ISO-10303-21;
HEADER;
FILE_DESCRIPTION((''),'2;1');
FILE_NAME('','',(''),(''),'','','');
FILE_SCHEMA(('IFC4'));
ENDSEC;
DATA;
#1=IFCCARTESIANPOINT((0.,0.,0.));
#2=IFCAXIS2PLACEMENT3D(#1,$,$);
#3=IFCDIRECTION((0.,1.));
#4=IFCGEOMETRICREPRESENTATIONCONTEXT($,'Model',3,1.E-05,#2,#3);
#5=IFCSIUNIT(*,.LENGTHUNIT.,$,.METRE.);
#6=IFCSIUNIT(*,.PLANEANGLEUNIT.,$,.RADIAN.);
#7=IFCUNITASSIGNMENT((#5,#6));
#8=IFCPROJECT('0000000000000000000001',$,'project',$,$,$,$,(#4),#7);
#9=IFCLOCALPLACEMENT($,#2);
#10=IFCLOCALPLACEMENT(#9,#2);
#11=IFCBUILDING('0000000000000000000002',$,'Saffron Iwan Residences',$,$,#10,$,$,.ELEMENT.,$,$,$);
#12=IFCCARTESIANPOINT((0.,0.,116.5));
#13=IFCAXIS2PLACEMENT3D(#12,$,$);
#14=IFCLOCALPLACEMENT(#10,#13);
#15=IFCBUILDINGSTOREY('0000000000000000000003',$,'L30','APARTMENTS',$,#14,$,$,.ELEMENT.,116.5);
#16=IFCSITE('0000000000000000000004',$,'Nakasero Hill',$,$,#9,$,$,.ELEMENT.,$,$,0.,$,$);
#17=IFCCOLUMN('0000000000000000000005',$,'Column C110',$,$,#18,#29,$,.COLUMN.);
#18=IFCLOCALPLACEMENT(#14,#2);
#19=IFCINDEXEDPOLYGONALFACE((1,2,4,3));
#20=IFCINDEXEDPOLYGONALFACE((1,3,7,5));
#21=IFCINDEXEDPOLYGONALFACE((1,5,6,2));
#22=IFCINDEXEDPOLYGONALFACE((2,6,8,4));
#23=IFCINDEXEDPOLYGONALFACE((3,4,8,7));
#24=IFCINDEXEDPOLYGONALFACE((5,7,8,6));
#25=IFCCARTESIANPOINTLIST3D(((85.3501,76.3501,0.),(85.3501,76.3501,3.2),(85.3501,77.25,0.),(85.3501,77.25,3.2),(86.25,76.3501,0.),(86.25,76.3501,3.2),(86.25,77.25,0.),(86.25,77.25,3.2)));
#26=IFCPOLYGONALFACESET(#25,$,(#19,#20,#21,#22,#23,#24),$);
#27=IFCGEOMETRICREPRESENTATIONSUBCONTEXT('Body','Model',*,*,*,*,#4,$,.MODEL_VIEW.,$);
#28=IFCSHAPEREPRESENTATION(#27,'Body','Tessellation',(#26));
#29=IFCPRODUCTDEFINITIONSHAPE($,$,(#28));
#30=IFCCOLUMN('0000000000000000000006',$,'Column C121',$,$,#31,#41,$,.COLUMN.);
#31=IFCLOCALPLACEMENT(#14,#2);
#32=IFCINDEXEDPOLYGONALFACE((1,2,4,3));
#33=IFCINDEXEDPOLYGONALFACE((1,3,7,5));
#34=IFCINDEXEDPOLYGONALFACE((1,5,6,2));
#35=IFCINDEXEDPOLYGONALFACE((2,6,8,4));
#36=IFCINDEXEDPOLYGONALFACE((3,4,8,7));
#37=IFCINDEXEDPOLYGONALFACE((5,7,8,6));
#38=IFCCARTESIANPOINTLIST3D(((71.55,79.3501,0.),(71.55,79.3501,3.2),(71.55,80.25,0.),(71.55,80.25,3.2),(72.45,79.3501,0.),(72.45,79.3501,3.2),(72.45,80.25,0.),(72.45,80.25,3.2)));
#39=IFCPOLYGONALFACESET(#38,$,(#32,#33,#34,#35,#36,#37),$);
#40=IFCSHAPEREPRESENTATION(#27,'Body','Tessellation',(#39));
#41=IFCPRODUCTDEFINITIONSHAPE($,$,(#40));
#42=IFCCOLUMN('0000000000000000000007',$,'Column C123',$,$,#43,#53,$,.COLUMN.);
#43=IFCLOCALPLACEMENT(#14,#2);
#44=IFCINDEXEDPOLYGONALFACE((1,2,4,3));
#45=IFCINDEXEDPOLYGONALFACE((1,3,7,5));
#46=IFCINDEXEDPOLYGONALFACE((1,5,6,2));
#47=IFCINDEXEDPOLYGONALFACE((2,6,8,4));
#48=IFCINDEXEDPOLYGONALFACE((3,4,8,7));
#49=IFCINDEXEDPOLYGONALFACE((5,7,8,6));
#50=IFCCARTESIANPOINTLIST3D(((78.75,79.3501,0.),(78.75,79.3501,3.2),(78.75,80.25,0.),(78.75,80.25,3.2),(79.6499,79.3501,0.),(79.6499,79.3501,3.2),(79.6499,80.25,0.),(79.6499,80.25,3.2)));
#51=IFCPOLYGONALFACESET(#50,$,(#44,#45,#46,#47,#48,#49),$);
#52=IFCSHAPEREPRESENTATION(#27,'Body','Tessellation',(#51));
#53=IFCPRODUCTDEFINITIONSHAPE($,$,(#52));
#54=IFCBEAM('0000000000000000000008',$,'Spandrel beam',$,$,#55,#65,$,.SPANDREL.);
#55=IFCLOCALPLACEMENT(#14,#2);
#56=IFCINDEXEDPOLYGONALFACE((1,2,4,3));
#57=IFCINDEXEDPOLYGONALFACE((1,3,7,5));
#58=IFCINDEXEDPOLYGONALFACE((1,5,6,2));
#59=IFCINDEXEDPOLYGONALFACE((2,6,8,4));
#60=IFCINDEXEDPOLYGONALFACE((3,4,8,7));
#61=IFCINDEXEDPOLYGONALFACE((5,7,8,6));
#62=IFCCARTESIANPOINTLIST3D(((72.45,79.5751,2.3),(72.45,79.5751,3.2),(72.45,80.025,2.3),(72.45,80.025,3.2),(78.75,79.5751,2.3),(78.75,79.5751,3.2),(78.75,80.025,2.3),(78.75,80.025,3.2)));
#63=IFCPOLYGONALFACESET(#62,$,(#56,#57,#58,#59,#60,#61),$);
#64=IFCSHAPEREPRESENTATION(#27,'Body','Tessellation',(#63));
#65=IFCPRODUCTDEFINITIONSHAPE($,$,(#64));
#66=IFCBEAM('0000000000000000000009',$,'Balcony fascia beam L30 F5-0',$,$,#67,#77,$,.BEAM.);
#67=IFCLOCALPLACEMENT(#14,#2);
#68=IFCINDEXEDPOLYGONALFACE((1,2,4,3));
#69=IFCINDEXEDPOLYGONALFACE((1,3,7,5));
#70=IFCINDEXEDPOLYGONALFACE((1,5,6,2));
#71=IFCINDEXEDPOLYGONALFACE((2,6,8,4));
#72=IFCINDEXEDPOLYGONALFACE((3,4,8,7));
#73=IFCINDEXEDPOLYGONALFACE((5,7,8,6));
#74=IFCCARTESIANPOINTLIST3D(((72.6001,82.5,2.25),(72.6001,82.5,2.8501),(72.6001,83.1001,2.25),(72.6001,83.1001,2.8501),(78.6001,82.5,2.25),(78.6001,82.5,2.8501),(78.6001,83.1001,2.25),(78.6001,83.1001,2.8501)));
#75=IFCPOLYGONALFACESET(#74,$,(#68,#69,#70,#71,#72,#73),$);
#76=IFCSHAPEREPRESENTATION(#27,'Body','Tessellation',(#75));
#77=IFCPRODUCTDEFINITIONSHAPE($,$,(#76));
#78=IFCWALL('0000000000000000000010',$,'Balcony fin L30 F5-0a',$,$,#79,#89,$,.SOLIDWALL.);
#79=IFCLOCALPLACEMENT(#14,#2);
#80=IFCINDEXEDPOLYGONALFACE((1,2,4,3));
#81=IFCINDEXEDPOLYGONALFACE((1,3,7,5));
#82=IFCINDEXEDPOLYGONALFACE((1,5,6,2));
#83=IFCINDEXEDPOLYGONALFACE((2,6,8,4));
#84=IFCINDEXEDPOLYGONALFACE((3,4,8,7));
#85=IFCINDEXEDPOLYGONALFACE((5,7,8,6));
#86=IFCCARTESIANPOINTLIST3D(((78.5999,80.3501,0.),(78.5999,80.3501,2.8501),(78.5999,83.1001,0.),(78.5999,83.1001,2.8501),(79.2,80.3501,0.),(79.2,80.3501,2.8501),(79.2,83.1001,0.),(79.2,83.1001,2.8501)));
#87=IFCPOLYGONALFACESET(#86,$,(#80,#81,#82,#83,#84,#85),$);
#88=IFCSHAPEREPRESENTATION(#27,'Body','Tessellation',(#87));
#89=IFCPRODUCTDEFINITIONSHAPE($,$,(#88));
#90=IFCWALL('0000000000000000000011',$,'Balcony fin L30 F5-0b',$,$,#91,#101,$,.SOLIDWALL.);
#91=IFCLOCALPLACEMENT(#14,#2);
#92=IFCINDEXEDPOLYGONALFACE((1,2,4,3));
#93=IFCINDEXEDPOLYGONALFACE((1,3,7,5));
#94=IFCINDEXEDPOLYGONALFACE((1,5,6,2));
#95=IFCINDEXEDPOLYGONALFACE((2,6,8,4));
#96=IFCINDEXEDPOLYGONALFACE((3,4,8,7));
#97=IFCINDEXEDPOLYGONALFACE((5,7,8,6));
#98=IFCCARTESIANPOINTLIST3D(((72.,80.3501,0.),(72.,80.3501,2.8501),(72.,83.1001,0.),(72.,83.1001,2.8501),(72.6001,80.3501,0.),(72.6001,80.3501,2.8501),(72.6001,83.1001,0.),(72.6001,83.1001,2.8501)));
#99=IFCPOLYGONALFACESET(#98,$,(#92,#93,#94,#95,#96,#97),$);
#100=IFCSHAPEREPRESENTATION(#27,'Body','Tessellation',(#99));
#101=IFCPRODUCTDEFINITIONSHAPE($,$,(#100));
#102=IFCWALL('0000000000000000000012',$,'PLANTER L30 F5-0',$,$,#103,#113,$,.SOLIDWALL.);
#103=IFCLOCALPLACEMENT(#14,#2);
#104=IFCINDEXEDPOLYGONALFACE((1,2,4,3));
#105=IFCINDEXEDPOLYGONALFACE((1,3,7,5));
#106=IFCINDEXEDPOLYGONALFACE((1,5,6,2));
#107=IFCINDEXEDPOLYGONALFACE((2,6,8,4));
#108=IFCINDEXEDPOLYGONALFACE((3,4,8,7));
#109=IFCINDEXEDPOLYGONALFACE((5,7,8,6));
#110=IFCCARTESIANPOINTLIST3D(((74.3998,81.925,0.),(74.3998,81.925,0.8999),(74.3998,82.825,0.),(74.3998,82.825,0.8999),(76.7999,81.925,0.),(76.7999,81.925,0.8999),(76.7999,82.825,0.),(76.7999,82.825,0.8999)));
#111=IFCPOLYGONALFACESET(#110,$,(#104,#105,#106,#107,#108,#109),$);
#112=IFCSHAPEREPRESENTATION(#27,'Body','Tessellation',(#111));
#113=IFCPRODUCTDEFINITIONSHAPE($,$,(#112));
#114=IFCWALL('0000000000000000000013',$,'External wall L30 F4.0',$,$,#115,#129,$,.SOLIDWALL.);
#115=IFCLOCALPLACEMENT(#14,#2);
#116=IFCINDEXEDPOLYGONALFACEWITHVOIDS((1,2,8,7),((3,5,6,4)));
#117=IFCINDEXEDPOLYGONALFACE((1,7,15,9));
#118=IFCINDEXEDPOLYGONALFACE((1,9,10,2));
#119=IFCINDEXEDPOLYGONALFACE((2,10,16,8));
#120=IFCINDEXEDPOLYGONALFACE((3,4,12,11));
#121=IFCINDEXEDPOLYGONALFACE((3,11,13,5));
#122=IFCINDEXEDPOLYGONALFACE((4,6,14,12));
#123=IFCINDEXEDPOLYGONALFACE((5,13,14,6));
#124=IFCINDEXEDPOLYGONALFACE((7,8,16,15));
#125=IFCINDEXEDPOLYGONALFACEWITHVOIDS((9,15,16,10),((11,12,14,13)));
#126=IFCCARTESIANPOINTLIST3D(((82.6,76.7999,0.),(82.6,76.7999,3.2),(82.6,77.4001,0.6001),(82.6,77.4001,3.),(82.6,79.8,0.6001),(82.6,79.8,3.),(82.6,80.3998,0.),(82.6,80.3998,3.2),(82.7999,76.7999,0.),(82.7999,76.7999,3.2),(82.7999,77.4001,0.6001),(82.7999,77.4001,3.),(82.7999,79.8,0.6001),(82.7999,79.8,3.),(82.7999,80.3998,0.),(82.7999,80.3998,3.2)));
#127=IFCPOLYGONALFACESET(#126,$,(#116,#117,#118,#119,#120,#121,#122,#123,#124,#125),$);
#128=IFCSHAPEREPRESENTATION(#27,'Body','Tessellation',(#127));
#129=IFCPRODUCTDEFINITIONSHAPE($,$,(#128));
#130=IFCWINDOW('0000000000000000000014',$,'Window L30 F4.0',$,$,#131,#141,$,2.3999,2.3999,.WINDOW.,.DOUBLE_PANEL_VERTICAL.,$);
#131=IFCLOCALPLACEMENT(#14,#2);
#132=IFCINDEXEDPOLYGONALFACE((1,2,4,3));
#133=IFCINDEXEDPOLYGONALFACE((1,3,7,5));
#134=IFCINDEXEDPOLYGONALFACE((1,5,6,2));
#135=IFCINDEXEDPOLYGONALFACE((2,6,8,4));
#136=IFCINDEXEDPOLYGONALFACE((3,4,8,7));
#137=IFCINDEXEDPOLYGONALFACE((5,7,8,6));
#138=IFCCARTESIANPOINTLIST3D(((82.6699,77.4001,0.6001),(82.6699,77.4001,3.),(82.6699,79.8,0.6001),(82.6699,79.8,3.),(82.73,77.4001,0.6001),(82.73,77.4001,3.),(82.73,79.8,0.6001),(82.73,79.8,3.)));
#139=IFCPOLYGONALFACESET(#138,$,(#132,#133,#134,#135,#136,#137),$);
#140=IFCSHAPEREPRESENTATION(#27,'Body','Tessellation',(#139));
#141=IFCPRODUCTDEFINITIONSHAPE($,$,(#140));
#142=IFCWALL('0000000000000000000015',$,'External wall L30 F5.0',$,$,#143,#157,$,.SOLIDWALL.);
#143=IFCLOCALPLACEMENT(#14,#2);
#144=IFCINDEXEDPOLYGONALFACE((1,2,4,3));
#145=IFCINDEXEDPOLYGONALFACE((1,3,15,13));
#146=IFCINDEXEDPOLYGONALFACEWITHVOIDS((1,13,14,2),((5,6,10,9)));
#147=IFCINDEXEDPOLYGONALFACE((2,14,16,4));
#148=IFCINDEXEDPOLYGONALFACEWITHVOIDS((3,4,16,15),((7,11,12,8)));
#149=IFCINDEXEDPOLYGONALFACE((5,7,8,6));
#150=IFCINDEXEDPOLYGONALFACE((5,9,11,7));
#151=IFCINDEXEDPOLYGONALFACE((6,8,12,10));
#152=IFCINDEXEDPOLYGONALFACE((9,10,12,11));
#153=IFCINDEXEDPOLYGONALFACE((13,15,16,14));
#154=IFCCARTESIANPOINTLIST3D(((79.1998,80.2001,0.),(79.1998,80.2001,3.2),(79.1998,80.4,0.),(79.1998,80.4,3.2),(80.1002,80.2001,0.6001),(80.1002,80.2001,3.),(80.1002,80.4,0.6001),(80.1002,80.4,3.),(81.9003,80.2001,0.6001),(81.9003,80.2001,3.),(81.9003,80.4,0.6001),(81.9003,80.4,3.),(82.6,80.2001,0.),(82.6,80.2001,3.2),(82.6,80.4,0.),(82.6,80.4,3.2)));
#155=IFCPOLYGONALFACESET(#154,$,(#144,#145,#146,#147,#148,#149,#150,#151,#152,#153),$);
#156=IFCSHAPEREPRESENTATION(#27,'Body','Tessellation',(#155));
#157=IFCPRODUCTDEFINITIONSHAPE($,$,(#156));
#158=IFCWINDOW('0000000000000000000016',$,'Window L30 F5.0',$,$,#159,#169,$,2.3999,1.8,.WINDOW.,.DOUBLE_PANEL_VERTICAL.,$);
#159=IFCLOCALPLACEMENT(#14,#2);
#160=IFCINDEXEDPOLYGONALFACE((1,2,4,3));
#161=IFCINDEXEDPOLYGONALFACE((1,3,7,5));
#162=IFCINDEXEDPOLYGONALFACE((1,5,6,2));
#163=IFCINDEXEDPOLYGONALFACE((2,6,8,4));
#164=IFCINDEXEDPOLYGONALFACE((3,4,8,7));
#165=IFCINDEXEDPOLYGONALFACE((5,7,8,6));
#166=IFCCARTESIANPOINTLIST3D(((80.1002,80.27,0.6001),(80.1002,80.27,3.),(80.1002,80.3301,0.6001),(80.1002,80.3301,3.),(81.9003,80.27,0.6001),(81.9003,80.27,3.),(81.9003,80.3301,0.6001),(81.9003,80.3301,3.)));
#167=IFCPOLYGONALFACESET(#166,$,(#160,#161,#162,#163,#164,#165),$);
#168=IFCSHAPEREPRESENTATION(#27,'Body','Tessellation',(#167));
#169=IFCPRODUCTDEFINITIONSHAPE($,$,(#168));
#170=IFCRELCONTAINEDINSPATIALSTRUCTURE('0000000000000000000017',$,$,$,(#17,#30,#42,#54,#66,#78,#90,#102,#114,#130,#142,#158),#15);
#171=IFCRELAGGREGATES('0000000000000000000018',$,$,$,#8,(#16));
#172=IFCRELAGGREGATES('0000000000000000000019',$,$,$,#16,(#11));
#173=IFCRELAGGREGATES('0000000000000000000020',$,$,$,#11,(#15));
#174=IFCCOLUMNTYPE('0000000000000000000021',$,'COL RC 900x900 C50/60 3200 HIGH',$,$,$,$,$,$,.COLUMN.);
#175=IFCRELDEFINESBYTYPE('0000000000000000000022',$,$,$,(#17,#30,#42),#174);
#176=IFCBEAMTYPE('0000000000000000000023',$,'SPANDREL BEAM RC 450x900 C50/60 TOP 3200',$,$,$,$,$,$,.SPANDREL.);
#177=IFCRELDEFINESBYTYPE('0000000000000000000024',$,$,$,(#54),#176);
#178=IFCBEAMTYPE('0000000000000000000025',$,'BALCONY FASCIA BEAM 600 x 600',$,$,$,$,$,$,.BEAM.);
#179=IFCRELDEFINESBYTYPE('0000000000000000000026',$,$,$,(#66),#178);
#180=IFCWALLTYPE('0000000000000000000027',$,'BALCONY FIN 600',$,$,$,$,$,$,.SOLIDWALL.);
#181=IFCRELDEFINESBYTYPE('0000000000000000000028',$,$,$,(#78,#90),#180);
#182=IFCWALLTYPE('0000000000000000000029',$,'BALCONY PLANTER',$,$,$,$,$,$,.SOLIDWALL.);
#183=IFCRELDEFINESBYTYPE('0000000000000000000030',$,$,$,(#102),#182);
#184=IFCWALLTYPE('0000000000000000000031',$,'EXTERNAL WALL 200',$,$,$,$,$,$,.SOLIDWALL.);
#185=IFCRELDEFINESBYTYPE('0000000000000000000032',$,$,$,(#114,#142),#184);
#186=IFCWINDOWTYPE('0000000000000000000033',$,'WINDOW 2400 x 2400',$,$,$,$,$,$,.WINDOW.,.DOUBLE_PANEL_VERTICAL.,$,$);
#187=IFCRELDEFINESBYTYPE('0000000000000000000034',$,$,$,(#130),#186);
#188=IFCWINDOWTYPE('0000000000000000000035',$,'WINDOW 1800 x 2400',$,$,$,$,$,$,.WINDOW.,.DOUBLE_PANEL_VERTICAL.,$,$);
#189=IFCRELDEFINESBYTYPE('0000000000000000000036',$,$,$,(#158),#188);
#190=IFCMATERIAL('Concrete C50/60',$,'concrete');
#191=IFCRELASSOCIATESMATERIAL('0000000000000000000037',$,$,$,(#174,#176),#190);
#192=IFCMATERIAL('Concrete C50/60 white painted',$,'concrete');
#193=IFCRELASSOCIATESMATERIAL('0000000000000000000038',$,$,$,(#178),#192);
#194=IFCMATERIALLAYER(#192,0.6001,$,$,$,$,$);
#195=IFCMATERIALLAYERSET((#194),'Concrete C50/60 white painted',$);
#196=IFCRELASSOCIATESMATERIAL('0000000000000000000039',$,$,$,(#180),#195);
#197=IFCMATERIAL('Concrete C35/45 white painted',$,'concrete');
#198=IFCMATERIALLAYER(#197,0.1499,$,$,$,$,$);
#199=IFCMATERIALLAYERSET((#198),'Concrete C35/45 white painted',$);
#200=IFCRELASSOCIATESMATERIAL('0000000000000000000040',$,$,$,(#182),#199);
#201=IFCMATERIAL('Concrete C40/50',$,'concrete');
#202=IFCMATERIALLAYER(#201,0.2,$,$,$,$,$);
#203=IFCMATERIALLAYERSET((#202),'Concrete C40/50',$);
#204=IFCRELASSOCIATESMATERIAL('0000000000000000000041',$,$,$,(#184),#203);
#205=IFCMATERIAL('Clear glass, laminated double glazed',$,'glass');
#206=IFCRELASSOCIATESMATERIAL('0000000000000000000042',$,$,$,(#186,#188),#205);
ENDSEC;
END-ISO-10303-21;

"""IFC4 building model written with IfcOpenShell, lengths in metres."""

from ifc_helpers import new_model, si_unit, direction, frame, frame_2d, origin, origin_2d, place, context, subcontext, project, spatial, rectangle, extrude, source, transform, mapped, material, layer, layer_set, material_profile, profile_set, type_object, element, fill, save


model = new_model("IFC4")

# Units and contexts
model_context = context("Model", 3, precision=1e-05, world=origin(), true_north=direction((0.0, 1.0)))
body_context = subcontext(model_context, "Body", "Model", "MODEL_VIEW")
ifc_project = project(units=[si_unit("LENGTHUNIT", "METRE"), si_unit("PLANEANGLEUNIT", "RADIAN")], contexts=[model_context])

# Site, building, storey
site_placement = place(None, origin())
site = spatial("IfcSite", under=ifc_project, at=site_placement, Name="Nakasero Hill", CompositionType="ELEMENT", RefElevation=0.0)
building_placement = place(site_placement, origin())
building = spatial("IfcBuilding", under=site, at=building_placement, Name="Saffron Iwan Residences", CompositionType="ELEMENT")
storey_placement = place(building_placement, frame((0.0, 0.0, 116.5)))
storey = spatial("IfcBuildingStorey", under=building, at=storey_placement, Name="L30", Description="APARTMENTS", CompositionType="ELEMENT", Elevation=116.5)

# Columns
ifc_material_1 = material(Name="Concrete C50/60", Category="concrete")
ifc_material_profile_1 = material_profile(ifc_material_1, rectangle(XDim=0.8999, YDim=0.8999, at=origin_2d()), Name="RC 900x900")
ifc_profile_set_1 = profile_set([ifc_material_profile_1], Name="Concrete C50/60")
column_type = type_object("IfcColumnType", Name="COL RC 900x900 C50/60 3200 HIGH", PredefinedType="COLUMN", material=ifc_profile_set_1)
shared_shape_1 = source(origin(), body_context, "Body", "SweptSolid", [
    extrude(rectangle(XDim=0.8999, YDim=0.8999, at=origin_2d()), origin(), (0.0, 0.0, 1.0), 3.2),
])
for number, where, z_axis, x_axis, name in (
    (1, (85.8, 76.8, 0.0), (0.0, 0.0, 1.0), (1.0, 0.0, 0.0), "Column C110"),
    (2, (72.0, 79.8, 0.0), (0.0, 0.0, 1.0), (1.0, 0.0, 0.0), "Column C121"),
    (3, (79.2, 79.8, 0.0), (0.0, 0.0, 1.0), (1.0, 0.0, 0.0), "Column C123"),
):
    element("IfcColumn", number, at=place(storey_placement, frame(where, z_axis=z_axis, x_axis=x_axis)), inside=storey, type_object=column_type, Name=name, PredefinedType="COLUMN", context=body_context, shape_type="MappedRepresentation", body=[
        mapped(shared_shape_1, transform((0.0, 0.0, 0.0))),
    ])

# Beams
ifc_material_profile_2 = material_profile(ifc_material_1, rectangle(XDim=0.45, YDim=0.8999, at=origin_2d()), Name="RC 450x900")
ifc_profile_set_2 = profile_set([ifc_material_profile_2], Name="Concrete C50/60")
beam_type_1 = type_object("IfcBeamType", Name="SPANDREL BEAM RC 450x900 C50/60 TOP 3200", PredefinedType="SPANDREL", material=ifc_profile_set_2)
shared_shape_2 = source(origin(), body_context, "Body", "SweptSolid", [
    extrude(rectangle(XDim=0.45, YDim=0.8999, at=origin_2d()), origin(), (0.0, 0.0, 1.0), 6.3),
])
beam_1_placement = place(storey_placement, frame((72.45, 79.8, 2.75), z_axis=(1.0, 0.0, 0.0), x_axis=(0.0, 1.0, 0.0)))
element("IfcBeam", 4, at=beam_1_placement, inside=storey, type_object=beam_type_1, Name="Spandrel beam", PredefinedType="SPANDREL", context=body_context, shape_type="MappedRepresentation", body=[
    mapped(shared_shape_2, transform((0.0, 0.0, 0.0))),
])
ifc_material_2 = material(Name="Concrete C50/60 white painted", Category="concrete")
ifc_material_profile_3 = material_profile(ifc_material_2, rectangle(XDim=0.6001, YDim=0.6001, at=origin_2d()), Name="BALCONY FASCIA BEAM 600 x 600")
ifc_profile_set_3 = profile_set([ifc_material_profile_3], Name="Concrete C50/60 white painted")
beam_type_2 = type_object("IfcBeamType", Name="BALCONY FASCIA BEAM 600 x 600", PredefinedType="BEAM", material=ifc_profile_set_3)
shared_shape_3 = source(origin(), body_context, "Body", "SweptSolid", [
    extrude(rectangle(XDim=0.6001, YDim=0.6001, at=origin_2d()), origin(), (0.0, 0.0, 1.0), 6.0),
])
beam_2_placement = place(storey_placement, frame((78.6001, 82.8, 2.55), z_axis=(-1.0, 0.0, 0.0), x_axis=(0.0, -1.0, 0.0)))
element("IfcBeam", 5, at=beam_2_placement, inside=storey, type_object=beam_type_2, Name="Balcony fascia beam L30 F5-0", PredefinedType="BEAM", context=body_context, shape_type="MappedRepresentation", body=[
    mapped(shared_shape_3, transform((0.0, 0.0, 0.0))),
])

# Walls
ifc_layer_1 = layer(ifc_material_2, 0.6001)
ifc_layer_set_1 = layer_set([ifc_layer_1], Name="Concrete C50/60 white painted")
wall_type_1 = type_object("IfcWallType", Name="BALCONY FIN 600", PredefinedType="SOLIDWALL", material=ifc_layer_set_1)
for number, where, z_axis, x_axis, name in (
    (6, (78.8999, 80.3501, 0.0), (0.0, 0.0, 1.0), (0.0, 1.0, 0.0), "Balcony fin L30 F5-0a"),
    (7, (72.3, 80.3501, 0.0), (0.0, 0.0, 1.0), (0.0, 1.0, 0.0), "Balcony fin L30 F5-0b"),
):
    element("IfcWall", number, at=place(storey_placement, frame(where, z_axis=z_axis, x_axis=x_axis)), inside=storey, type_object=wall_type_1, Name=name, PredefinedType="SOLIDWALL", context=body_context, shape_type="SweptSolid", body=[
        extrude(rectangle(XDim=2.75, YDim=0.6001, at=frame_2d((1.375, 0.0))), origin(), (0.0, 0.0, 1.0), 2.8501),
    ])
ifc_material_3 = material(Name="Concrete C35/45 white painted", Category="concrete")
ifc_layer_2 = layer(ifc_material_3, 0.1499)
ifc_layer_set_2 = layer_set([ifc_layer_2], Name="Concrete C35/45 white painted")
wall_type_2 = type_object("IfcWallType", Name="BALCONY PLANTER", PredefinedType="SOLIDWALL", material=ifc_layer_set_2)
wall_1_placement = place(storey_placement, frame((76.8, 82.375, 0.0), z_axis=(0.0, 0.0, 1.0), x_axis=(-1.0, 0.0, 0.0)))
element("IfcWall", 8, at=wall_1_placement, inside=storey, type_object=wall_type_2, Name="PLANTER L30 F5-0", PredefinedType="SOLIDWALL", context=body_context, shape_type="SweptSolid", body=[
    extrude(rectangle(XDim=2.4001, YDim=0.8999, at=frame_2d((1.2002, 0.0))), origin(), (0.0, 0.0, 1.0), 0.8999),
])

# Walls, openings, windows
ifc_material_4 = material(Name="Concrete C40/50", Category="concrete")
ifc_layer_3 = layer(ifc_material_4, 0.2)
ifc_layer_set_3 = layer_set([ifc_layer_3], Name="Concrete C40/50")
wall_type_3 = type_object("IfcWallType", Name="EXTERNAL WALL 200", PredefinedType="SOLIDWALL", material=ifc_layer_set_3)
wall_2_placement = place(storey_placement, frame((82.7, 76.8, 0.0), z_axis=(0.0, 0.0, 1.0), x_axis=(0.0, 1.0, 0.0)))
wall_2 = element("IfcWall", 9, at=wall_2_placement, inside=storey, type_object=wall_type_3, Name="External wall L30 F4.0", PredefinedType="SOLIDWALL", context=body_context, shape_type="SweptSolid", body=[
    extrude(rectangle(XDim=3.5999, YDim=0.2, at=frame_2d((1.7998, 0.0))), origin(), (0.0, 0.0, 1.0), 3.2),
])
opening_1_placement = place(wall_2_placement, frame((0.6001, 0.0, 0.6001)))
opening_1 = element("IfcOpeningElement", 10, at=opening_1_placement, cuts=wall_2, PredefinedType="OPENING", context=body_context, shape_type="SweptSolid", body=[
    extrude(rectangle(XDim=2.3999, YDim=2.3999, at=frame_2d((1.2, 1.2))), frame((0.0, 0.1099, 0.0), z_axis=(0.0, -1.0, 0.0), x_axis=(1.0, 0.0, 0.0)), (0.0, 0.0, 1.0), 0.22),
])
ifc_material_5 = material(Name="Clear glass, laminated double glazed", Category="glass")
window_type_1 = type_object("IfcWindowType", Name="WINDOW 2400 x 2400", PartitioningType="DOUBLE_PANEL_VERTICAL", PredefinedType="WINDOW", material=ifc_material_5)
window_1_placement = place(opening_1_placement, origin())
window_1 = element("IfcWindow", 11, at=window_1_placement, inside=storey, type_object=window_type_1, Name="Window L30 F4.0", OverallHeight=2.3999, OverallWidth=2.3999, PartitioningType="DOUBLE_PANEL_VERTICAL", PredefinedType="WINDOW", context=body_context, shape_type="SweptSolid", body=[
    extrude(rectangle(XDim=2.3999, YDim=2.3999, at=frame_2d((1.2, 1.2))), frame((0.0, 0.03, 0.0), z_axis=(0.0, -1.0, 0.0), x_axis=(1.0, 0.0, 0.0)), (0.0, 0.0, 1.0), 0.0601),
])
fill(opening_1, window_1)
wall_3_placement = place(storey_placement, frame((82.6001, 80.3, 0.0), z_axis=(0.0, 0.0, 1.0), x_axis=(-1.0, 0.0, 0.0)))
wall_3 = element("IfcWall", 12, at=wall_3_placement, inside=storey, type_object=wall_type_3, Name="External wall L30 F5.0", PredefinedType="SOLIDWALL", context=body_context, shape_type="SweptSolid", body=[
    extrude(rectangle(XDim=3.4001, YDim=0.2, at=frame_2d((1.7002, 0.0))), origin(), (0.0, 0.0, 1.0), 3.2),
])
opening_2_placement = place(wall_3_placement, frame((0.7, 0.0, 0.6001)))
opening_2 = element("IfcOpeningElement", 13, at=opening_2_placement, cuts=wall_3, PredefinedType="OPENING", context=body_context, shape_type="SweptSolid", body=[
    extrude(rectangle(XDim=1.8, YDim=2.3999, at=frame_2d((0.8999, 1.2))), frame((0.0, 0.1099, 0.0), z_axis=(0.0, -1.0, 0.0), x_axis=(1.0, 0.0, 0.0)), (0.0, 0.0, 1.0), 0.22),
])
window_type_2 = type_object("IfcWindowType", Name="WINDOW 1800 x 2400", PartitioningType="DOUBLE_PANEL_VERTICAL", PredefinedType="WINDOW", material=ifc_material_5)
window_2_placement = place(opening_2_placement, origin())
window_2 = element("IfcWindow", 14, at=window_2_placement, inside=storey, type_object=window_type_2, Name="Window L30 F5.0", OverallHeight=2.3999, OverallWidth=1.8, PartitioningType="DOUBLE_PANEL_VERTICAL", PredefinedType="WINDOW", context=body_context, shape_type="SweptSolid", body=[
    extrude(rectangle(XDim=1.8, YDim=2.3999, at=frame_2d((0.8999, 1.2))), frame((0.0, 0.03, 0.0), z_axis=(0.0, -1.0, 0.0), x_axis=(1.0, 0.0, 0.0)), (0.0, 0.0, 1.0), 0.0601),
])
fill(opening_2, window_2)

save(model, "model.ifc")
